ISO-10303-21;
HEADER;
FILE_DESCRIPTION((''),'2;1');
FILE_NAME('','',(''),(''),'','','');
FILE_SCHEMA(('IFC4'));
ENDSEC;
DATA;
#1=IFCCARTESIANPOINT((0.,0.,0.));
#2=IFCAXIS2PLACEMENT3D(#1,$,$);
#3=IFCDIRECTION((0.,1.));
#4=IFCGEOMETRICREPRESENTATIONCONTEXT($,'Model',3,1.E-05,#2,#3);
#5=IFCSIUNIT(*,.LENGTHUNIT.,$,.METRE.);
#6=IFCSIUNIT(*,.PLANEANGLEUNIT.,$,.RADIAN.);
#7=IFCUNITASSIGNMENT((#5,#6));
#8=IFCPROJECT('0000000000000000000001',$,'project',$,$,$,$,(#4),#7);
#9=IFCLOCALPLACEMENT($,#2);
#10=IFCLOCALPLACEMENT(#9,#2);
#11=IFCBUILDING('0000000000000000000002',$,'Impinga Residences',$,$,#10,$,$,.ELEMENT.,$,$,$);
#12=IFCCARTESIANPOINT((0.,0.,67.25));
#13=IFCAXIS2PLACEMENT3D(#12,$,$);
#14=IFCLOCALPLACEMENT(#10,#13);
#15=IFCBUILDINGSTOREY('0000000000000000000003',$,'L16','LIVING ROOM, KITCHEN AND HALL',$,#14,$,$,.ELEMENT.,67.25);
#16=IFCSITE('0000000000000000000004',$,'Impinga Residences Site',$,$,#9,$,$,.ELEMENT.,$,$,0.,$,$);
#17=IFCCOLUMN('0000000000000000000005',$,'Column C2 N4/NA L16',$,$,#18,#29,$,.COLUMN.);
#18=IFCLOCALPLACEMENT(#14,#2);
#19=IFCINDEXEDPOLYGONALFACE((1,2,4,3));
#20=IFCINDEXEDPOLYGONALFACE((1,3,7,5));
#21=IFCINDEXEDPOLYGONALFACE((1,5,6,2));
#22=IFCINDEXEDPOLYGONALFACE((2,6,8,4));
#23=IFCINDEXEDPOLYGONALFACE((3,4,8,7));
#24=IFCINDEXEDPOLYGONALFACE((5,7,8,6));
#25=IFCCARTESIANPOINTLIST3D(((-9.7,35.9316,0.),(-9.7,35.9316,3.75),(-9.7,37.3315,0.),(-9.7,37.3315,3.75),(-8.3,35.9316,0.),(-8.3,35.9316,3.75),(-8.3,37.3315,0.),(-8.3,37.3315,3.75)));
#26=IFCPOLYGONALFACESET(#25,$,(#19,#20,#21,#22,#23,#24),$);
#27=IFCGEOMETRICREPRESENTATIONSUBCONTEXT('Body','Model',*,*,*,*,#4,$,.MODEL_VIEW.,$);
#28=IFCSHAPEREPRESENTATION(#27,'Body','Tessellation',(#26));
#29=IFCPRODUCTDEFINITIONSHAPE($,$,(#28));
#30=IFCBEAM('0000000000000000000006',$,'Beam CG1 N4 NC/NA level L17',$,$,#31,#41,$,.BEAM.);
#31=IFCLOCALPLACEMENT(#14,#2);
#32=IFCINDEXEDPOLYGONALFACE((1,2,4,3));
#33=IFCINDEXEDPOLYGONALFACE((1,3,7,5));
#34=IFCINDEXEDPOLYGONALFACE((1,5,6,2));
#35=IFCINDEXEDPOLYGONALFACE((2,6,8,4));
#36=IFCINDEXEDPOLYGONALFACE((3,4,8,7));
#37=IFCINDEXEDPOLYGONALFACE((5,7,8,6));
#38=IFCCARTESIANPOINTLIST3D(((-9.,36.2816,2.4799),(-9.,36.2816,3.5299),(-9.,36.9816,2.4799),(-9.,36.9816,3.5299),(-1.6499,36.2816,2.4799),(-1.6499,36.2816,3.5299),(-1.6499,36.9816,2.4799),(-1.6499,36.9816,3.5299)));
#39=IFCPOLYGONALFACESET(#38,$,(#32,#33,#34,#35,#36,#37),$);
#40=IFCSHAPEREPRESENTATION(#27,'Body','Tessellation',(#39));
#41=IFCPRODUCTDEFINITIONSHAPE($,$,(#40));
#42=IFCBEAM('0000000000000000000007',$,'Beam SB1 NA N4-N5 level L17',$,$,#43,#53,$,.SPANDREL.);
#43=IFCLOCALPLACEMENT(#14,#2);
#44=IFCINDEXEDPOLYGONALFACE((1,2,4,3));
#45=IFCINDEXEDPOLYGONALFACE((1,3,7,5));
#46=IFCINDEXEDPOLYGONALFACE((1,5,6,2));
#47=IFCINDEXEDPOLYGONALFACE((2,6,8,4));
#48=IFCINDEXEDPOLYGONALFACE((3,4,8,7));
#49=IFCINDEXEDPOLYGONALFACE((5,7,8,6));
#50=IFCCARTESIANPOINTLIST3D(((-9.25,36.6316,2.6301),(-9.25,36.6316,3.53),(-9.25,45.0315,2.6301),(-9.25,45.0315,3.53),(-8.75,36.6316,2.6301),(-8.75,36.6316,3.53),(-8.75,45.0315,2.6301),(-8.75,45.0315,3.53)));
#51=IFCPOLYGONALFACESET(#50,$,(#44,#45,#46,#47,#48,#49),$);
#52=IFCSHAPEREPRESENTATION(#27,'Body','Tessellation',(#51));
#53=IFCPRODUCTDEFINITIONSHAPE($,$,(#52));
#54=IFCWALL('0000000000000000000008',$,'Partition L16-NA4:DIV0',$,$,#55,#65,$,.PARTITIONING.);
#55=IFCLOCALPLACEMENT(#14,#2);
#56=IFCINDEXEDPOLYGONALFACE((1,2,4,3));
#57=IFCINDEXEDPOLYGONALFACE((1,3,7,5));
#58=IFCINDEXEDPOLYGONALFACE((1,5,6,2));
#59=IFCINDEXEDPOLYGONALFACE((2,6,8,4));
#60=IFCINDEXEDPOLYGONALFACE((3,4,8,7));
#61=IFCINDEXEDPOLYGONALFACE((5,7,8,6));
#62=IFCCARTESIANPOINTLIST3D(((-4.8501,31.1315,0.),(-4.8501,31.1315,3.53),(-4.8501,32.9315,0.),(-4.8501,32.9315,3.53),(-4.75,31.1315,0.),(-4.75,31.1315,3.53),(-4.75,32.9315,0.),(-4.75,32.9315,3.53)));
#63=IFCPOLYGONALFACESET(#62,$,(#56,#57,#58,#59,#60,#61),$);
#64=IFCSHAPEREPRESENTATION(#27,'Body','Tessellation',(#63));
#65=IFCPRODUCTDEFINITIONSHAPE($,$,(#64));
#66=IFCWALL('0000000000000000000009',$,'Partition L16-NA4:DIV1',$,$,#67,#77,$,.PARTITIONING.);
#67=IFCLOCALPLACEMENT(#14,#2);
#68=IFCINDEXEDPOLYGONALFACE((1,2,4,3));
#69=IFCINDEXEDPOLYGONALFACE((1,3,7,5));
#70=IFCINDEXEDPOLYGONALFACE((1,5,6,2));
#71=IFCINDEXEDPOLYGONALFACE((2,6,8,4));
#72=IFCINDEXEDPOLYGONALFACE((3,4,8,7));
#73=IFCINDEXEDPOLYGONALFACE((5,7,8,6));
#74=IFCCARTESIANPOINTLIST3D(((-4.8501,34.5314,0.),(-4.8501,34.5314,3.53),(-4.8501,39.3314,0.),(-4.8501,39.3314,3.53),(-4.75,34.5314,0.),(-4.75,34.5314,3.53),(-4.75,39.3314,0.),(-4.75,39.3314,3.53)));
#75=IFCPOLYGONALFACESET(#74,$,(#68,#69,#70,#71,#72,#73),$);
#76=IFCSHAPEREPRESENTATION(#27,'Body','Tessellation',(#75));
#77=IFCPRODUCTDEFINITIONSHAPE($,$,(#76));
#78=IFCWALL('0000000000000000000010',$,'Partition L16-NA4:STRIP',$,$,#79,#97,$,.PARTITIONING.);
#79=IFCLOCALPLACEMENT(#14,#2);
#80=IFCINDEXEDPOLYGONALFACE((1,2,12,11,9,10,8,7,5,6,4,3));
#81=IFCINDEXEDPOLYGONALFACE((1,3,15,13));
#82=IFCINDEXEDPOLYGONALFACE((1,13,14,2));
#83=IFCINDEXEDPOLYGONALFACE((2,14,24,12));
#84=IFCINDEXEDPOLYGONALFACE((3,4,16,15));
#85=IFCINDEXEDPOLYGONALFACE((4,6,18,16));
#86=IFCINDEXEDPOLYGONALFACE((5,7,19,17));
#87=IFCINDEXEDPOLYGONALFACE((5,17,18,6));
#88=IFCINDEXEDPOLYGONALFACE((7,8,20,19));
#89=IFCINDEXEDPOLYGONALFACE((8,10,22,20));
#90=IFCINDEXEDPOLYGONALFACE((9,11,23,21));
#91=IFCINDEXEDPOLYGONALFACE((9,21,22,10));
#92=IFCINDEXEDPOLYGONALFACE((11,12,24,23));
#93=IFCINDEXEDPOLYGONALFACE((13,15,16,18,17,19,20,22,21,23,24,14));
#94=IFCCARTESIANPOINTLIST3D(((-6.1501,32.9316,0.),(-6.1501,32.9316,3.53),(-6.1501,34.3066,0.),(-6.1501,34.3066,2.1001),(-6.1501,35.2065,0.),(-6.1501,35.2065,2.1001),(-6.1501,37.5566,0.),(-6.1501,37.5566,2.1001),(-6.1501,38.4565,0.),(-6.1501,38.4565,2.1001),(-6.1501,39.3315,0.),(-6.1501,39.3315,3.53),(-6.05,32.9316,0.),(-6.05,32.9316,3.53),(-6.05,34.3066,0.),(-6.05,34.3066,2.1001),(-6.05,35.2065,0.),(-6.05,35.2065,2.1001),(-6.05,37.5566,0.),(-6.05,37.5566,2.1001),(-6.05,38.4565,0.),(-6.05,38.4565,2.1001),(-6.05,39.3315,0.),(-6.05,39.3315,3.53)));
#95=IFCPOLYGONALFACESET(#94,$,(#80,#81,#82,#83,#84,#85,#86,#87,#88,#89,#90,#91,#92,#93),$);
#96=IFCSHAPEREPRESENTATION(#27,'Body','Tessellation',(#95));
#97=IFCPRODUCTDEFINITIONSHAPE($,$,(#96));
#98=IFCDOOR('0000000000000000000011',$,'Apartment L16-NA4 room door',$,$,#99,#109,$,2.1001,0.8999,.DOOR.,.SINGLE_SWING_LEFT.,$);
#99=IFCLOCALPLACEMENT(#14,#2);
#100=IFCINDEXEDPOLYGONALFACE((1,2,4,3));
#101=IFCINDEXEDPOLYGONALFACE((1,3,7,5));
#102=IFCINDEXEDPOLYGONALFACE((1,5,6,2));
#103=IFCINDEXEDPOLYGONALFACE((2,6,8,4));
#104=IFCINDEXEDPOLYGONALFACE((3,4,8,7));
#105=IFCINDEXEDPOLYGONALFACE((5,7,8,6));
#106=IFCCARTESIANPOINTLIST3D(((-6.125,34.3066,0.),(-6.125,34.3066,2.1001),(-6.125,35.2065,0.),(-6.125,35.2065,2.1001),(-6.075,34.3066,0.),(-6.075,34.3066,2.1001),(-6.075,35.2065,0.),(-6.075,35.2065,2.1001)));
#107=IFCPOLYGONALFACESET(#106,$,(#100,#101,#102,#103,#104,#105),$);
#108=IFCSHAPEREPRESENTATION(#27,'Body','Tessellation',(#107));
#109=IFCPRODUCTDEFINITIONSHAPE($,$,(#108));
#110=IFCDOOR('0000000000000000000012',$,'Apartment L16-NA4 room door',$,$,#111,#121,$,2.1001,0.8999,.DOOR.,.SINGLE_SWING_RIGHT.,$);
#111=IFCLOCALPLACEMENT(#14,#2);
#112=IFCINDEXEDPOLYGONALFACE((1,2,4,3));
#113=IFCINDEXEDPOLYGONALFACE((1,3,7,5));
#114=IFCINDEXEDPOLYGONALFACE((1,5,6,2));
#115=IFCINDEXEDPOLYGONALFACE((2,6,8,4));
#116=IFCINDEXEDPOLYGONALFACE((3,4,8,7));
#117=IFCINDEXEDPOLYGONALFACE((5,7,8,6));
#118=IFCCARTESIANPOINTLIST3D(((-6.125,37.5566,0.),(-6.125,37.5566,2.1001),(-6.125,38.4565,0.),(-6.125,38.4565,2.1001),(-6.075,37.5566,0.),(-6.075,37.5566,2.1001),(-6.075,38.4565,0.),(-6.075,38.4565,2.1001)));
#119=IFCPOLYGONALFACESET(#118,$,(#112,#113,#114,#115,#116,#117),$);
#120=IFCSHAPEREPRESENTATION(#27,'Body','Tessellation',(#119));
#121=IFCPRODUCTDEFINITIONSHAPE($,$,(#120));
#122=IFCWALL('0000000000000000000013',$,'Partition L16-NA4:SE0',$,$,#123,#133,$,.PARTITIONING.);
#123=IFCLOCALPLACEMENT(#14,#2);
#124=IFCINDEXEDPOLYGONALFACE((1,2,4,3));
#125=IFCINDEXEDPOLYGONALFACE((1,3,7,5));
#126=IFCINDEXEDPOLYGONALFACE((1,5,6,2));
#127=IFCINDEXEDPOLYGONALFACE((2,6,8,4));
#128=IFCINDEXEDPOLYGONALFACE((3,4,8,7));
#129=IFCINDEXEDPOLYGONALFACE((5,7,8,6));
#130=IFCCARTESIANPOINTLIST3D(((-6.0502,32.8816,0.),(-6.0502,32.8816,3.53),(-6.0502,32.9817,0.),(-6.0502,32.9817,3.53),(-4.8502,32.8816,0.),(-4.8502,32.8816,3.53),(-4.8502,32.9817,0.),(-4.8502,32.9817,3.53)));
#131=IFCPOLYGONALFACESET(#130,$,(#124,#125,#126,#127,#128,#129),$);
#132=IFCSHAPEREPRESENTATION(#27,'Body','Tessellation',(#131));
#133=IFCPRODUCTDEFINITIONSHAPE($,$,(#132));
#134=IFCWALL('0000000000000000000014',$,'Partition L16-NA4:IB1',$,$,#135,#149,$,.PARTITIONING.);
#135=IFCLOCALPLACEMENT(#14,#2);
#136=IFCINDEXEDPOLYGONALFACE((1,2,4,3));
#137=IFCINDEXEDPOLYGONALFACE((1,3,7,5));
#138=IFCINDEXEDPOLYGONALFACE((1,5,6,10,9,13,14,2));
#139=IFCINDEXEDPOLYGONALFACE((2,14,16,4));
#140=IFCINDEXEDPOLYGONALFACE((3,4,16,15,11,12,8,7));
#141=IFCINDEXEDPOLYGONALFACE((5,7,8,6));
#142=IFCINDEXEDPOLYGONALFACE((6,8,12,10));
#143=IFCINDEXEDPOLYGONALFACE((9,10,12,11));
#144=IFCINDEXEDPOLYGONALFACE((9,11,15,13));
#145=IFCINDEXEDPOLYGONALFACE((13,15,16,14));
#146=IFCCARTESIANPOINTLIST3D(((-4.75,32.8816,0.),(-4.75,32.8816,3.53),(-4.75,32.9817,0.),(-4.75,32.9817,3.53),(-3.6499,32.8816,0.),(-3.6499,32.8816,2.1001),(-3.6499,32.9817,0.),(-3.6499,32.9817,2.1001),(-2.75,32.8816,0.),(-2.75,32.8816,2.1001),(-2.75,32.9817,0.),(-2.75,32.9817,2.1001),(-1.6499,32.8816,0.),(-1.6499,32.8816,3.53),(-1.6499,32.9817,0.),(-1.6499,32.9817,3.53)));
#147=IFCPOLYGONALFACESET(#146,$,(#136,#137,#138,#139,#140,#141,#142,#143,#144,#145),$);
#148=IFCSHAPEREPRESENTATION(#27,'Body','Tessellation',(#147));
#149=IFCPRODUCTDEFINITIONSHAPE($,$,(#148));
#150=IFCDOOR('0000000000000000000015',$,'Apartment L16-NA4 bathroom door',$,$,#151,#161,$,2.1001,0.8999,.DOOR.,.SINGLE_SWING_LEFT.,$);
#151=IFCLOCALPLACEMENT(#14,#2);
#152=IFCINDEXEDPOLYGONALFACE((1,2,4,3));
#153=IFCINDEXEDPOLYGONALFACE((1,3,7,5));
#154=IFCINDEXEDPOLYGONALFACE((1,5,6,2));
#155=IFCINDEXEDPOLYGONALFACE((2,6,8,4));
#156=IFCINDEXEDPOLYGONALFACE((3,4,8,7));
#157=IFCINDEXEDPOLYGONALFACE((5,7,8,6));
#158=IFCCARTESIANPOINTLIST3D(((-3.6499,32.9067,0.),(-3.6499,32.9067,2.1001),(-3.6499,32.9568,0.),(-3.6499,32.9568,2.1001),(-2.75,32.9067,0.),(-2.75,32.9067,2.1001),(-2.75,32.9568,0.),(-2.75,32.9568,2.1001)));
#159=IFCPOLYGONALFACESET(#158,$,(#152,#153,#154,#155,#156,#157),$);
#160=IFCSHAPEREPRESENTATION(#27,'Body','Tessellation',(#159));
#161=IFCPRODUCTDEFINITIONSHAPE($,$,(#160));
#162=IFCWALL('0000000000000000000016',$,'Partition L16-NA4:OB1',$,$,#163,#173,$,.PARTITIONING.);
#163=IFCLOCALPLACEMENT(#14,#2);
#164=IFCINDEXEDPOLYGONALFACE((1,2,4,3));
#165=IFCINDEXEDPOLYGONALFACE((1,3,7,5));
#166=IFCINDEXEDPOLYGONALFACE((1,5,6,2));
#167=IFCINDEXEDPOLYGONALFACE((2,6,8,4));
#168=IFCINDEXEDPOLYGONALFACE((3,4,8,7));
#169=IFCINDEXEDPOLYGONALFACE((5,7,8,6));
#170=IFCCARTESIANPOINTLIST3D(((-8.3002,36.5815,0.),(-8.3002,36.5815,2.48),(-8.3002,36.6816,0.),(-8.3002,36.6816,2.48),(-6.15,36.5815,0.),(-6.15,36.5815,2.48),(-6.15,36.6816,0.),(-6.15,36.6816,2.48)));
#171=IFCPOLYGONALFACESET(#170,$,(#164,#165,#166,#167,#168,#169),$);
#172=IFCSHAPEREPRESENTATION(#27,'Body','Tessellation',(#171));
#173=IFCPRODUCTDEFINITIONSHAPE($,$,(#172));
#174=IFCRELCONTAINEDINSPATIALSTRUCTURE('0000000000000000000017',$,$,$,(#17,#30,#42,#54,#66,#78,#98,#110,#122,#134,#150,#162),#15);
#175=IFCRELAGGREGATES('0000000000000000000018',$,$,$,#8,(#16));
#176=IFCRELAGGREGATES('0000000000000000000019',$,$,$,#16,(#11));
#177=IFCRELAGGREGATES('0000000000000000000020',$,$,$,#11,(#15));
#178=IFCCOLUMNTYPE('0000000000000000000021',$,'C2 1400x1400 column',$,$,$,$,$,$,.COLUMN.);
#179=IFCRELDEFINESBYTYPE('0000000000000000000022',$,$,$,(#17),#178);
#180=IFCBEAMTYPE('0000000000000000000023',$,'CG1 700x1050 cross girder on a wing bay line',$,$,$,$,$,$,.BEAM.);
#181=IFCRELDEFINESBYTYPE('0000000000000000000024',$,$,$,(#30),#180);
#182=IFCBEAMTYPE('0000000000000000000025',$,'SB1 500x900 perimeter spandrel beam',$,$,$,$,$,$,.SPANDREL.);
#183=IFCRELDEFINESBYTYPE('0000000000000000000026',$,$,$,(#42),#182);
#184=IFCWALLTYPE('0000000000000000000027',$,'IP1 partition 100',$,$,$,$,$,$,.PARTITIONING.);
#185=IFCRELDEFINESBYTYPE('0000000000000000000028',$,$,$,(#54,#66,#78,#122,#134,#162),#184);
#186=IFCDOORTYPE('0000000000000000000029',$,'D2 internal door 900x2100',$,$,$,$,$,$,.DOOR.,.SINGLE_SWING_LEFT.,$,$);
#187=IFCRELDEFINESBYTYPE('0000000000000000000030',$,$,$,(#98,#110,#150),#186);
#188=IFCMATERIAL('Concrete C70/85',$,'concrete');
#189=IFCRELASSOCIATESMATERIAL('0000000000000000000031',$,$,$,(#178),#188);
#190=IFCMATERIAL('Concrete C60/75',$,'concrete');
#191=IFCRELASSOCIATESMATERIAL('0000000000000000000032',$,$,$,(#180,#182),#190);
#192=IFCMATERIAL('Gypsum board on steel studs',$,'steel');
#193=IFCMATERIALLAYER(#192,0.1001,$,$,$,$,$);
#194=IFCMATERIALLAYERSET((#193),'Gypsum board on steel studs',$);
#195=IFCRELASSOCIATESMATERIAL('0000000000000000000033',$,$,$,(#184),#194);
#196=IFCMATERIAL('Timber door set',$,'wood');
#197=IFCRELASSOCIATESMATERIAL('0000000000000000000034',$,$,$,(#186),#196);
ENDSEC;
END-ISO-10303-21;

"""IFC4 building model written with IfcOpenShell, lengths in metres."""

from ifc_helpers import new_model, si_unit, direction, frame, frame_2d, origin, origin_2d, place, context, subcontext, project, spatial, rectangle, extrude, material, layer, layer_set, material_profile, profile_set, type_object, element, fill, save


model = new_model("IFC4")

# Units and contexts
model_context = context("Model", 3, precision=1e-05, world=origin(), true_north=direction((0.0, 1.0)))
body_context = subcontext(model_context, "Body", "Model", "MODEL_VIEW")
ifc_project = project(units=[si_unit("LENGTHUNIT", "METRE"), si_unit("PLANEANGLEUNIT", "RADIAN")], contexts=[model_context])

# Site, building, storey
site_placement = place(None, origin())
site = spatial("IfcSite", under=ifc_project, at=site_placement, Name="Impinga Residences Site", CompositionType="ELEMENT", RefElevation=0.0)
building_placement = place(site_placement, origin())
building = spatial("IfcBuilding", under=site, at=building_placement, Name="Impinga Residences", CompositionType="ELEMENT")
storey_placement = place(building_placement, frame((0.0, 0.0, 67.25)))
storey = spatial("IfcBuildingStorey", under=building, at=storey_placement, Name="L16", Description="LIVING ROOM, KITCHEN AND HALL", CompositionType="ELEMENT", Elevation=67.25)

# Column
ifc_material_1 = material(Name="Concrete C70/85", Category="concrete")
ifc_material_profile_1 = material_profile(ifc_material_1, rectangle(XDim=1.3999, YDim=1.3999, at=origin_2d()), Name="RC 1400x1400")
ifc_profile_set_1 = profile_set([ifc_material_profile_1], Name="Concrete C70/85")
column_type = type_object("IfcColumnType", Name="C2 1400x1400 column", PredefinedType="COLUMN", material=ifc_profile_set_1)
column_placement = place(storey_placement, frame((-9.0, 36.6316, 0.0), z_axis=(0.0, 0.0, 1.0), x_axis=(1.0, 0.0, 0.0)))
element("IfcColumn", 1, at=column_placement, inside=storey, type_object=column_type, Name="Column C2 N4/NA L16", PredefinedType="COLUMN", context=body_context, shape_type="SweptSolid", body=[
    extrude(rectangle(XDim=1.3999, YDim=1.3999, at=origin_2d()), origin(), (0.0, 0.0, 1.0), 3.75),
])

# Beams
ifc_material_2 = material(Name="Concrete C60/75", Category="concrete")
ifc_material_profile_2 = material_profile(ifc_material_2, rectangle(XDim=0.7, YDim=1.05, at=origin_2d()), Name="RC 700x1050")
ifc_profile_set_2 = profile_set([ifc_material_profile_2], Name="Concrete C60/75")
beam_type_1 = type_object("IfcBeamType", Name="CG1 700x1050 cross girder on a wing bay line", PredefinedType="BEAM", material=ifc_profile_set_2)
beam_1_placement = place(storey_placement, frame((-1.6499, 36.6316, 3.0049), z_axis=(-1.0, 0.0, 0.0), x_axis=(0.0, -1.0, 0.0)))
element("IfcBeam", 2, at=beam_1_placement, inside=storey, type_object=beam_type_1, Name="Beam CG1 N4 NC/NA level L17", PredefinedType="BEAM", context=body_context, shape_type="SweptSolid", body=[
    extrude(rectangle(XDim=0.7, YDim=1.05, at=origin_2d()), origin(), (0.0, 0.0, 1.0), 7.3501),
])
ifc_material_profile_3 = material_profile(ifc_material_2, rectangle(XDim=0.5, YDim=0.8999, at=origin_2d()), Name="RC 500x900")
ifc_profile_set_3 = profile_set([ifc_material_profile_3], Name="Concrete C60/75")
beam_type_2 = type_object("IfcBeamType", Name="SB1 500x900 perimeter spandrel beam", PredefinedType="SPANDREL", material=ifc_profile_set_3)
beam_2_placement = place(storey_placement, frame((-9.0, 36.6316, 3.0801), z_axis=(0.0, 1.0, 0.0), x_axis=(-1.0, 0.0, 0.0)))
element("IfcBeam", 3, at=beam_2_placement, inside=storey, type_object=beam_type_2, Name="Beam SB1 NA N4-N5 level L17", PredefinedType="SPANDREL", context=body_context, shape_type="SweptSolid", body=[
    extrude(rectangle(XDim=0.5, YDim=0.8999, at=origin_2d()), origin(), (0.0, 0.0, 1.0), 8.3999),
])

# Walls
ifc_material_3 = material(Name="Gypsum board on steel studs", Category="steel")
ifc_layer_1 = layer(ifc_material_3, 0.1001)
ifc_layer_set_1 = layer_set([ifc_layer_1], Name="Gypsum board on steel studs")
wall_type_1 = type_object("IfcWallType", Name="IP1 partition 100", PredefinedType="PARTITIONING", material=ifc_layer_set_1)
wall_1_placement = place(storey_placement, frame((-4.8, 31.1316, 0.0), z_axis=(0.0, 0.0, 1.0), x_axis=(0.0, 1.0, 0.0)))
element("IfcWall", 4, at=wall_1_placement, inside=storey, type_object=wall_type_1, Name="Partition L16-NA4:DIV0", PredefinedType="PARTITIONING", context=body_context, shape_type="SweptSolid", body=[
    extrude(rectangle(XDim=1.8, YDim=0.1001, at=frame_2d((0.8999, 0.0))), origin(), (0.0, 0.0, 1.0), 3.53),
])
wall_2_placement = place(storey_placement, frame((-4.8, 34.5315, 0.0), z_axis=(0.0, 0.0, 1.0), x_axis=(0.0, 1.0, 0.0)))
element("IfcWall", 5, at=wall_2_placement, inside=storey, type_object=wall_type_1, Name="Partition L16-NA4:DIV1", PredefinedType="PARTITIONING", context=body_context, shape_type="SweptSolid", body=[
    extrude(rectangle(XDim=4.8, YDim=0.1001, at=frame_2d((2.3999, 0.0))), origin(), (0.0, 0.0, 1.0), 3.53),
])

# Wall, openings, doors
wall_3_placement = place(storey_placement, frame((-6.1001, 32.9316, 0.0), z_axis=(0.0, 0.0, 1.0), x_axis=(0.0, 1.0, 0.0)))
wall_3 = element("IfcWall", 6, at=wall_3_placement, inside=storey, type_object=wall_type_1, Name="Partition L16-NA4:STRIP", PredefinedType="PARTITIONING", context=body_context, shape_type="SweptSolid", body=[
    extrude(rectangle(XDim=6.3999, YDim=0.1001, at=frame_2d((3.2, 0.0))), origin(), (0.0, 0.0, 1.0), 3.53),
])
opening_1_placement = place(wall_3_placement, frame((1.375, 0.0, 0.0)))
opening_1 = element("IfcOpeningElement", 7, at=opening_1_placement, cuts=wall_3, PredefinedType="OPENING", context=body_context, shape_type="SweptSolid", body=[
    extrude(rectangle(XDim=0.8999, YDim=2.1001, at=frame_2d((0.45, 1.05))), frame((0.0, 0.0601, 0.0), z_axis=(0.0, -1.0, 0.0), x_axis=(1.0, 0.0, 0.0)), (0.0, 0.0, 1.0), 0.1201),
])
opening_2_placement = place(wall_3_placement, frame((4.625, 0.0, 0.0)))
opening_2 = element("IfcOpeningElement", 8, at=opening_2_placement, cuts=wall_3, PredefinedType="OPENING", context=body_context, shape_type="SweptSolid", body=[
    extrude(rectangle(XDim=0.8999, YDim=2.1001, at=frame_2d((0.45, 1.05))), frame((0.0, 0.0601, 0.0), z_axis=(0.0, -1.0, 0.0), x_axis=(1.0, 0.0, 0.0)), (0.0, 0.0, 1.0), 0.1201),
])
ifc_material_4 = material(Name="Timber door set", Category="wood")
door_type = type_object("IfcDoorType", Name="D2 internal door 900x2100", OperationType="SINGLE_SWING_LEFT", PredefinedType="DOOR", material=ifc_material_4)
door_1_placement = place(opening_1_placement, origin())
door_1 = element("IfcDoor", 9, at=door_1_placement, inside=storey, type_object=door_type, Name="Apartment L16-NA4 room door", OperationType="SINGLE_SWING_LEFT", OverallHeight=2.1001, OverallWidth=0.8999, PredefinedType="DOOR", context=body_context, shape_type="SweptSolid", body=[
    extrude(rectangle(XDim=0.8999, YDim=2.1001, at=frame_2d((0.45, 1.05))), frame((0.0, 0.0249, 0.0), z_axis=(0.0, -1.0, 0.0), x_axis=(1.0, 0.0, 0.0)), (0.0, 0.0, 1.0), 0.05),
])
fill(opening_1, door_1)
door_2_placement = place(opening_2_placement, origin())
door_2 = element("IfcDoor", 10, at=door_2_placement, inside=storey, type_object=door_type, Name="Apartment L16-NA4 room door", OperationType="SINGLE_SWING_RIGHT", OverallHeight=2.1001, OverallWidth=0.8999, PredefinedType="DOOR", context=body_context, shape_type="SweptSolid", body=[
    extrude(rectangle(XDim=0.8999, YDim=2.1001, at=frame_2d((0.45, 1.05))), frame((0.0, 0.0249, 0.0), z_axis=(0.0, -1.0, 0.0), x_axis=(1.0, 0.0, 0.0)), (0.0, 0.0, 1.0), 0.05),
])
fill(opening_2, door_2)

# Wall
wall_4_placement = place(storey_placement, frame((-4.8501, 32.9316, 0.0), z_axis=(0.0, 0.0, 1.0), x_axis=(-1.0, 0.0, 0.0)))
element("IfcWall", 11, at=wall_4_placement, inside=storey, type_object=wall_type_1, Name="Partition L16-NA4:SE0", PredefinedType="PARTITIONING", context=body_context, shape_type="SweptSolid", body=[
    extrude(rectangle(XDim=1.2, YDim=0.1001, at=frame_2d((0.6001, 0.0))), origin(), (0.0, 0.0, 1.0), 3.53),
])

# Wall, opening, door
wall_5_placement = place(storey_placement, frame((-1.6499, 32.9316, 0.0), z_axis=(0.0, 0.0, 1.0), x_axis=(-1.0, 0.0, 0.0)))
wall_5 = element("IfcWall", 12, at=wall_5_placement, inside=storey, type_object=wall_type_1, Name="Partition L16-NA4:IB1", PredefinedType="PARTITIONING", context=body_context, shape_type="SweptSolid", body=[
    extrude(rectangle(XDim=3.1001, YDim=0.1001, at=frame_2d((1.55, 0.0))), origin(), (0.0, 0.0, 1.0), 3.53),
])
opening_3_placement = place(wall_5_placement, frame((1.1001, 0.0, 0.0)))
opening_3 = element("IfcOpeningElement", 13, at=opening_3_placement, cuts=wall_5, PredefinedType="OPENING", context=body_context, shape_type="SweptSolid", body=[
    extrude(rectangle(XDim=0.8999, YDim=2.1001, at=frame_2d((0.45, 1.05))), frame((0.0, 0.0601, 0.0), z_axis=(0.0, -1.0, 0.0), x_axis=(1.0, 0.0, 0.0)), (0.0, 0.0, 1.0), 0.1201),
])
door_3_placement = place(opening_3_placement, origin())
door_3 = element("IfcDoor", 14, at=door_3_placement, inside=storey, type_object=door_type, Name="Apartment L16-NA4 bathroom door", OperationType="SINGLE_SWING_LEFT", OverallHeight=2.1001, OverallWidth=0.8999, PredefinedType="DOOR", context=body_context, shape_type="SweptSolid", body=[
    extrude(rectangle(XDim=0.8999, YDim=2.1001, at=frame_2d((0.45, 1.05))), frame((0.0, 0.0249, 0.0), z_axis=(0.0, -1.0, 0.0), x_axis=(1.0, 0.0, 0.0)), (0.0, 0.0, 1.0), 0.05),
])
fill(opening_3, door_3)

# Wall
wall_6_placement = place(storey_placement, frame((-6.1499, 36.6316, 0.0), z_axis=(0.0, 0.0, 1.0), x_axis=(-1.0, 0.0, 0.0)))
element("IfcWall", 15, at=wall_6_placement, inside=storey, type_object=wall_type_1, Name="Partition L16-NA4:OB1", PredefinedType="PARTITIONING", context=body_context, shape_type="SweptSolid", body=[
    extrude(rectangle(XDim=2.1501, YDim=0.1001, at=frame_2d((1.0752, 0.0))), origin(), (0.0, 0.0, 1.0), 2.48),
])

save(model, "model.ifc")
